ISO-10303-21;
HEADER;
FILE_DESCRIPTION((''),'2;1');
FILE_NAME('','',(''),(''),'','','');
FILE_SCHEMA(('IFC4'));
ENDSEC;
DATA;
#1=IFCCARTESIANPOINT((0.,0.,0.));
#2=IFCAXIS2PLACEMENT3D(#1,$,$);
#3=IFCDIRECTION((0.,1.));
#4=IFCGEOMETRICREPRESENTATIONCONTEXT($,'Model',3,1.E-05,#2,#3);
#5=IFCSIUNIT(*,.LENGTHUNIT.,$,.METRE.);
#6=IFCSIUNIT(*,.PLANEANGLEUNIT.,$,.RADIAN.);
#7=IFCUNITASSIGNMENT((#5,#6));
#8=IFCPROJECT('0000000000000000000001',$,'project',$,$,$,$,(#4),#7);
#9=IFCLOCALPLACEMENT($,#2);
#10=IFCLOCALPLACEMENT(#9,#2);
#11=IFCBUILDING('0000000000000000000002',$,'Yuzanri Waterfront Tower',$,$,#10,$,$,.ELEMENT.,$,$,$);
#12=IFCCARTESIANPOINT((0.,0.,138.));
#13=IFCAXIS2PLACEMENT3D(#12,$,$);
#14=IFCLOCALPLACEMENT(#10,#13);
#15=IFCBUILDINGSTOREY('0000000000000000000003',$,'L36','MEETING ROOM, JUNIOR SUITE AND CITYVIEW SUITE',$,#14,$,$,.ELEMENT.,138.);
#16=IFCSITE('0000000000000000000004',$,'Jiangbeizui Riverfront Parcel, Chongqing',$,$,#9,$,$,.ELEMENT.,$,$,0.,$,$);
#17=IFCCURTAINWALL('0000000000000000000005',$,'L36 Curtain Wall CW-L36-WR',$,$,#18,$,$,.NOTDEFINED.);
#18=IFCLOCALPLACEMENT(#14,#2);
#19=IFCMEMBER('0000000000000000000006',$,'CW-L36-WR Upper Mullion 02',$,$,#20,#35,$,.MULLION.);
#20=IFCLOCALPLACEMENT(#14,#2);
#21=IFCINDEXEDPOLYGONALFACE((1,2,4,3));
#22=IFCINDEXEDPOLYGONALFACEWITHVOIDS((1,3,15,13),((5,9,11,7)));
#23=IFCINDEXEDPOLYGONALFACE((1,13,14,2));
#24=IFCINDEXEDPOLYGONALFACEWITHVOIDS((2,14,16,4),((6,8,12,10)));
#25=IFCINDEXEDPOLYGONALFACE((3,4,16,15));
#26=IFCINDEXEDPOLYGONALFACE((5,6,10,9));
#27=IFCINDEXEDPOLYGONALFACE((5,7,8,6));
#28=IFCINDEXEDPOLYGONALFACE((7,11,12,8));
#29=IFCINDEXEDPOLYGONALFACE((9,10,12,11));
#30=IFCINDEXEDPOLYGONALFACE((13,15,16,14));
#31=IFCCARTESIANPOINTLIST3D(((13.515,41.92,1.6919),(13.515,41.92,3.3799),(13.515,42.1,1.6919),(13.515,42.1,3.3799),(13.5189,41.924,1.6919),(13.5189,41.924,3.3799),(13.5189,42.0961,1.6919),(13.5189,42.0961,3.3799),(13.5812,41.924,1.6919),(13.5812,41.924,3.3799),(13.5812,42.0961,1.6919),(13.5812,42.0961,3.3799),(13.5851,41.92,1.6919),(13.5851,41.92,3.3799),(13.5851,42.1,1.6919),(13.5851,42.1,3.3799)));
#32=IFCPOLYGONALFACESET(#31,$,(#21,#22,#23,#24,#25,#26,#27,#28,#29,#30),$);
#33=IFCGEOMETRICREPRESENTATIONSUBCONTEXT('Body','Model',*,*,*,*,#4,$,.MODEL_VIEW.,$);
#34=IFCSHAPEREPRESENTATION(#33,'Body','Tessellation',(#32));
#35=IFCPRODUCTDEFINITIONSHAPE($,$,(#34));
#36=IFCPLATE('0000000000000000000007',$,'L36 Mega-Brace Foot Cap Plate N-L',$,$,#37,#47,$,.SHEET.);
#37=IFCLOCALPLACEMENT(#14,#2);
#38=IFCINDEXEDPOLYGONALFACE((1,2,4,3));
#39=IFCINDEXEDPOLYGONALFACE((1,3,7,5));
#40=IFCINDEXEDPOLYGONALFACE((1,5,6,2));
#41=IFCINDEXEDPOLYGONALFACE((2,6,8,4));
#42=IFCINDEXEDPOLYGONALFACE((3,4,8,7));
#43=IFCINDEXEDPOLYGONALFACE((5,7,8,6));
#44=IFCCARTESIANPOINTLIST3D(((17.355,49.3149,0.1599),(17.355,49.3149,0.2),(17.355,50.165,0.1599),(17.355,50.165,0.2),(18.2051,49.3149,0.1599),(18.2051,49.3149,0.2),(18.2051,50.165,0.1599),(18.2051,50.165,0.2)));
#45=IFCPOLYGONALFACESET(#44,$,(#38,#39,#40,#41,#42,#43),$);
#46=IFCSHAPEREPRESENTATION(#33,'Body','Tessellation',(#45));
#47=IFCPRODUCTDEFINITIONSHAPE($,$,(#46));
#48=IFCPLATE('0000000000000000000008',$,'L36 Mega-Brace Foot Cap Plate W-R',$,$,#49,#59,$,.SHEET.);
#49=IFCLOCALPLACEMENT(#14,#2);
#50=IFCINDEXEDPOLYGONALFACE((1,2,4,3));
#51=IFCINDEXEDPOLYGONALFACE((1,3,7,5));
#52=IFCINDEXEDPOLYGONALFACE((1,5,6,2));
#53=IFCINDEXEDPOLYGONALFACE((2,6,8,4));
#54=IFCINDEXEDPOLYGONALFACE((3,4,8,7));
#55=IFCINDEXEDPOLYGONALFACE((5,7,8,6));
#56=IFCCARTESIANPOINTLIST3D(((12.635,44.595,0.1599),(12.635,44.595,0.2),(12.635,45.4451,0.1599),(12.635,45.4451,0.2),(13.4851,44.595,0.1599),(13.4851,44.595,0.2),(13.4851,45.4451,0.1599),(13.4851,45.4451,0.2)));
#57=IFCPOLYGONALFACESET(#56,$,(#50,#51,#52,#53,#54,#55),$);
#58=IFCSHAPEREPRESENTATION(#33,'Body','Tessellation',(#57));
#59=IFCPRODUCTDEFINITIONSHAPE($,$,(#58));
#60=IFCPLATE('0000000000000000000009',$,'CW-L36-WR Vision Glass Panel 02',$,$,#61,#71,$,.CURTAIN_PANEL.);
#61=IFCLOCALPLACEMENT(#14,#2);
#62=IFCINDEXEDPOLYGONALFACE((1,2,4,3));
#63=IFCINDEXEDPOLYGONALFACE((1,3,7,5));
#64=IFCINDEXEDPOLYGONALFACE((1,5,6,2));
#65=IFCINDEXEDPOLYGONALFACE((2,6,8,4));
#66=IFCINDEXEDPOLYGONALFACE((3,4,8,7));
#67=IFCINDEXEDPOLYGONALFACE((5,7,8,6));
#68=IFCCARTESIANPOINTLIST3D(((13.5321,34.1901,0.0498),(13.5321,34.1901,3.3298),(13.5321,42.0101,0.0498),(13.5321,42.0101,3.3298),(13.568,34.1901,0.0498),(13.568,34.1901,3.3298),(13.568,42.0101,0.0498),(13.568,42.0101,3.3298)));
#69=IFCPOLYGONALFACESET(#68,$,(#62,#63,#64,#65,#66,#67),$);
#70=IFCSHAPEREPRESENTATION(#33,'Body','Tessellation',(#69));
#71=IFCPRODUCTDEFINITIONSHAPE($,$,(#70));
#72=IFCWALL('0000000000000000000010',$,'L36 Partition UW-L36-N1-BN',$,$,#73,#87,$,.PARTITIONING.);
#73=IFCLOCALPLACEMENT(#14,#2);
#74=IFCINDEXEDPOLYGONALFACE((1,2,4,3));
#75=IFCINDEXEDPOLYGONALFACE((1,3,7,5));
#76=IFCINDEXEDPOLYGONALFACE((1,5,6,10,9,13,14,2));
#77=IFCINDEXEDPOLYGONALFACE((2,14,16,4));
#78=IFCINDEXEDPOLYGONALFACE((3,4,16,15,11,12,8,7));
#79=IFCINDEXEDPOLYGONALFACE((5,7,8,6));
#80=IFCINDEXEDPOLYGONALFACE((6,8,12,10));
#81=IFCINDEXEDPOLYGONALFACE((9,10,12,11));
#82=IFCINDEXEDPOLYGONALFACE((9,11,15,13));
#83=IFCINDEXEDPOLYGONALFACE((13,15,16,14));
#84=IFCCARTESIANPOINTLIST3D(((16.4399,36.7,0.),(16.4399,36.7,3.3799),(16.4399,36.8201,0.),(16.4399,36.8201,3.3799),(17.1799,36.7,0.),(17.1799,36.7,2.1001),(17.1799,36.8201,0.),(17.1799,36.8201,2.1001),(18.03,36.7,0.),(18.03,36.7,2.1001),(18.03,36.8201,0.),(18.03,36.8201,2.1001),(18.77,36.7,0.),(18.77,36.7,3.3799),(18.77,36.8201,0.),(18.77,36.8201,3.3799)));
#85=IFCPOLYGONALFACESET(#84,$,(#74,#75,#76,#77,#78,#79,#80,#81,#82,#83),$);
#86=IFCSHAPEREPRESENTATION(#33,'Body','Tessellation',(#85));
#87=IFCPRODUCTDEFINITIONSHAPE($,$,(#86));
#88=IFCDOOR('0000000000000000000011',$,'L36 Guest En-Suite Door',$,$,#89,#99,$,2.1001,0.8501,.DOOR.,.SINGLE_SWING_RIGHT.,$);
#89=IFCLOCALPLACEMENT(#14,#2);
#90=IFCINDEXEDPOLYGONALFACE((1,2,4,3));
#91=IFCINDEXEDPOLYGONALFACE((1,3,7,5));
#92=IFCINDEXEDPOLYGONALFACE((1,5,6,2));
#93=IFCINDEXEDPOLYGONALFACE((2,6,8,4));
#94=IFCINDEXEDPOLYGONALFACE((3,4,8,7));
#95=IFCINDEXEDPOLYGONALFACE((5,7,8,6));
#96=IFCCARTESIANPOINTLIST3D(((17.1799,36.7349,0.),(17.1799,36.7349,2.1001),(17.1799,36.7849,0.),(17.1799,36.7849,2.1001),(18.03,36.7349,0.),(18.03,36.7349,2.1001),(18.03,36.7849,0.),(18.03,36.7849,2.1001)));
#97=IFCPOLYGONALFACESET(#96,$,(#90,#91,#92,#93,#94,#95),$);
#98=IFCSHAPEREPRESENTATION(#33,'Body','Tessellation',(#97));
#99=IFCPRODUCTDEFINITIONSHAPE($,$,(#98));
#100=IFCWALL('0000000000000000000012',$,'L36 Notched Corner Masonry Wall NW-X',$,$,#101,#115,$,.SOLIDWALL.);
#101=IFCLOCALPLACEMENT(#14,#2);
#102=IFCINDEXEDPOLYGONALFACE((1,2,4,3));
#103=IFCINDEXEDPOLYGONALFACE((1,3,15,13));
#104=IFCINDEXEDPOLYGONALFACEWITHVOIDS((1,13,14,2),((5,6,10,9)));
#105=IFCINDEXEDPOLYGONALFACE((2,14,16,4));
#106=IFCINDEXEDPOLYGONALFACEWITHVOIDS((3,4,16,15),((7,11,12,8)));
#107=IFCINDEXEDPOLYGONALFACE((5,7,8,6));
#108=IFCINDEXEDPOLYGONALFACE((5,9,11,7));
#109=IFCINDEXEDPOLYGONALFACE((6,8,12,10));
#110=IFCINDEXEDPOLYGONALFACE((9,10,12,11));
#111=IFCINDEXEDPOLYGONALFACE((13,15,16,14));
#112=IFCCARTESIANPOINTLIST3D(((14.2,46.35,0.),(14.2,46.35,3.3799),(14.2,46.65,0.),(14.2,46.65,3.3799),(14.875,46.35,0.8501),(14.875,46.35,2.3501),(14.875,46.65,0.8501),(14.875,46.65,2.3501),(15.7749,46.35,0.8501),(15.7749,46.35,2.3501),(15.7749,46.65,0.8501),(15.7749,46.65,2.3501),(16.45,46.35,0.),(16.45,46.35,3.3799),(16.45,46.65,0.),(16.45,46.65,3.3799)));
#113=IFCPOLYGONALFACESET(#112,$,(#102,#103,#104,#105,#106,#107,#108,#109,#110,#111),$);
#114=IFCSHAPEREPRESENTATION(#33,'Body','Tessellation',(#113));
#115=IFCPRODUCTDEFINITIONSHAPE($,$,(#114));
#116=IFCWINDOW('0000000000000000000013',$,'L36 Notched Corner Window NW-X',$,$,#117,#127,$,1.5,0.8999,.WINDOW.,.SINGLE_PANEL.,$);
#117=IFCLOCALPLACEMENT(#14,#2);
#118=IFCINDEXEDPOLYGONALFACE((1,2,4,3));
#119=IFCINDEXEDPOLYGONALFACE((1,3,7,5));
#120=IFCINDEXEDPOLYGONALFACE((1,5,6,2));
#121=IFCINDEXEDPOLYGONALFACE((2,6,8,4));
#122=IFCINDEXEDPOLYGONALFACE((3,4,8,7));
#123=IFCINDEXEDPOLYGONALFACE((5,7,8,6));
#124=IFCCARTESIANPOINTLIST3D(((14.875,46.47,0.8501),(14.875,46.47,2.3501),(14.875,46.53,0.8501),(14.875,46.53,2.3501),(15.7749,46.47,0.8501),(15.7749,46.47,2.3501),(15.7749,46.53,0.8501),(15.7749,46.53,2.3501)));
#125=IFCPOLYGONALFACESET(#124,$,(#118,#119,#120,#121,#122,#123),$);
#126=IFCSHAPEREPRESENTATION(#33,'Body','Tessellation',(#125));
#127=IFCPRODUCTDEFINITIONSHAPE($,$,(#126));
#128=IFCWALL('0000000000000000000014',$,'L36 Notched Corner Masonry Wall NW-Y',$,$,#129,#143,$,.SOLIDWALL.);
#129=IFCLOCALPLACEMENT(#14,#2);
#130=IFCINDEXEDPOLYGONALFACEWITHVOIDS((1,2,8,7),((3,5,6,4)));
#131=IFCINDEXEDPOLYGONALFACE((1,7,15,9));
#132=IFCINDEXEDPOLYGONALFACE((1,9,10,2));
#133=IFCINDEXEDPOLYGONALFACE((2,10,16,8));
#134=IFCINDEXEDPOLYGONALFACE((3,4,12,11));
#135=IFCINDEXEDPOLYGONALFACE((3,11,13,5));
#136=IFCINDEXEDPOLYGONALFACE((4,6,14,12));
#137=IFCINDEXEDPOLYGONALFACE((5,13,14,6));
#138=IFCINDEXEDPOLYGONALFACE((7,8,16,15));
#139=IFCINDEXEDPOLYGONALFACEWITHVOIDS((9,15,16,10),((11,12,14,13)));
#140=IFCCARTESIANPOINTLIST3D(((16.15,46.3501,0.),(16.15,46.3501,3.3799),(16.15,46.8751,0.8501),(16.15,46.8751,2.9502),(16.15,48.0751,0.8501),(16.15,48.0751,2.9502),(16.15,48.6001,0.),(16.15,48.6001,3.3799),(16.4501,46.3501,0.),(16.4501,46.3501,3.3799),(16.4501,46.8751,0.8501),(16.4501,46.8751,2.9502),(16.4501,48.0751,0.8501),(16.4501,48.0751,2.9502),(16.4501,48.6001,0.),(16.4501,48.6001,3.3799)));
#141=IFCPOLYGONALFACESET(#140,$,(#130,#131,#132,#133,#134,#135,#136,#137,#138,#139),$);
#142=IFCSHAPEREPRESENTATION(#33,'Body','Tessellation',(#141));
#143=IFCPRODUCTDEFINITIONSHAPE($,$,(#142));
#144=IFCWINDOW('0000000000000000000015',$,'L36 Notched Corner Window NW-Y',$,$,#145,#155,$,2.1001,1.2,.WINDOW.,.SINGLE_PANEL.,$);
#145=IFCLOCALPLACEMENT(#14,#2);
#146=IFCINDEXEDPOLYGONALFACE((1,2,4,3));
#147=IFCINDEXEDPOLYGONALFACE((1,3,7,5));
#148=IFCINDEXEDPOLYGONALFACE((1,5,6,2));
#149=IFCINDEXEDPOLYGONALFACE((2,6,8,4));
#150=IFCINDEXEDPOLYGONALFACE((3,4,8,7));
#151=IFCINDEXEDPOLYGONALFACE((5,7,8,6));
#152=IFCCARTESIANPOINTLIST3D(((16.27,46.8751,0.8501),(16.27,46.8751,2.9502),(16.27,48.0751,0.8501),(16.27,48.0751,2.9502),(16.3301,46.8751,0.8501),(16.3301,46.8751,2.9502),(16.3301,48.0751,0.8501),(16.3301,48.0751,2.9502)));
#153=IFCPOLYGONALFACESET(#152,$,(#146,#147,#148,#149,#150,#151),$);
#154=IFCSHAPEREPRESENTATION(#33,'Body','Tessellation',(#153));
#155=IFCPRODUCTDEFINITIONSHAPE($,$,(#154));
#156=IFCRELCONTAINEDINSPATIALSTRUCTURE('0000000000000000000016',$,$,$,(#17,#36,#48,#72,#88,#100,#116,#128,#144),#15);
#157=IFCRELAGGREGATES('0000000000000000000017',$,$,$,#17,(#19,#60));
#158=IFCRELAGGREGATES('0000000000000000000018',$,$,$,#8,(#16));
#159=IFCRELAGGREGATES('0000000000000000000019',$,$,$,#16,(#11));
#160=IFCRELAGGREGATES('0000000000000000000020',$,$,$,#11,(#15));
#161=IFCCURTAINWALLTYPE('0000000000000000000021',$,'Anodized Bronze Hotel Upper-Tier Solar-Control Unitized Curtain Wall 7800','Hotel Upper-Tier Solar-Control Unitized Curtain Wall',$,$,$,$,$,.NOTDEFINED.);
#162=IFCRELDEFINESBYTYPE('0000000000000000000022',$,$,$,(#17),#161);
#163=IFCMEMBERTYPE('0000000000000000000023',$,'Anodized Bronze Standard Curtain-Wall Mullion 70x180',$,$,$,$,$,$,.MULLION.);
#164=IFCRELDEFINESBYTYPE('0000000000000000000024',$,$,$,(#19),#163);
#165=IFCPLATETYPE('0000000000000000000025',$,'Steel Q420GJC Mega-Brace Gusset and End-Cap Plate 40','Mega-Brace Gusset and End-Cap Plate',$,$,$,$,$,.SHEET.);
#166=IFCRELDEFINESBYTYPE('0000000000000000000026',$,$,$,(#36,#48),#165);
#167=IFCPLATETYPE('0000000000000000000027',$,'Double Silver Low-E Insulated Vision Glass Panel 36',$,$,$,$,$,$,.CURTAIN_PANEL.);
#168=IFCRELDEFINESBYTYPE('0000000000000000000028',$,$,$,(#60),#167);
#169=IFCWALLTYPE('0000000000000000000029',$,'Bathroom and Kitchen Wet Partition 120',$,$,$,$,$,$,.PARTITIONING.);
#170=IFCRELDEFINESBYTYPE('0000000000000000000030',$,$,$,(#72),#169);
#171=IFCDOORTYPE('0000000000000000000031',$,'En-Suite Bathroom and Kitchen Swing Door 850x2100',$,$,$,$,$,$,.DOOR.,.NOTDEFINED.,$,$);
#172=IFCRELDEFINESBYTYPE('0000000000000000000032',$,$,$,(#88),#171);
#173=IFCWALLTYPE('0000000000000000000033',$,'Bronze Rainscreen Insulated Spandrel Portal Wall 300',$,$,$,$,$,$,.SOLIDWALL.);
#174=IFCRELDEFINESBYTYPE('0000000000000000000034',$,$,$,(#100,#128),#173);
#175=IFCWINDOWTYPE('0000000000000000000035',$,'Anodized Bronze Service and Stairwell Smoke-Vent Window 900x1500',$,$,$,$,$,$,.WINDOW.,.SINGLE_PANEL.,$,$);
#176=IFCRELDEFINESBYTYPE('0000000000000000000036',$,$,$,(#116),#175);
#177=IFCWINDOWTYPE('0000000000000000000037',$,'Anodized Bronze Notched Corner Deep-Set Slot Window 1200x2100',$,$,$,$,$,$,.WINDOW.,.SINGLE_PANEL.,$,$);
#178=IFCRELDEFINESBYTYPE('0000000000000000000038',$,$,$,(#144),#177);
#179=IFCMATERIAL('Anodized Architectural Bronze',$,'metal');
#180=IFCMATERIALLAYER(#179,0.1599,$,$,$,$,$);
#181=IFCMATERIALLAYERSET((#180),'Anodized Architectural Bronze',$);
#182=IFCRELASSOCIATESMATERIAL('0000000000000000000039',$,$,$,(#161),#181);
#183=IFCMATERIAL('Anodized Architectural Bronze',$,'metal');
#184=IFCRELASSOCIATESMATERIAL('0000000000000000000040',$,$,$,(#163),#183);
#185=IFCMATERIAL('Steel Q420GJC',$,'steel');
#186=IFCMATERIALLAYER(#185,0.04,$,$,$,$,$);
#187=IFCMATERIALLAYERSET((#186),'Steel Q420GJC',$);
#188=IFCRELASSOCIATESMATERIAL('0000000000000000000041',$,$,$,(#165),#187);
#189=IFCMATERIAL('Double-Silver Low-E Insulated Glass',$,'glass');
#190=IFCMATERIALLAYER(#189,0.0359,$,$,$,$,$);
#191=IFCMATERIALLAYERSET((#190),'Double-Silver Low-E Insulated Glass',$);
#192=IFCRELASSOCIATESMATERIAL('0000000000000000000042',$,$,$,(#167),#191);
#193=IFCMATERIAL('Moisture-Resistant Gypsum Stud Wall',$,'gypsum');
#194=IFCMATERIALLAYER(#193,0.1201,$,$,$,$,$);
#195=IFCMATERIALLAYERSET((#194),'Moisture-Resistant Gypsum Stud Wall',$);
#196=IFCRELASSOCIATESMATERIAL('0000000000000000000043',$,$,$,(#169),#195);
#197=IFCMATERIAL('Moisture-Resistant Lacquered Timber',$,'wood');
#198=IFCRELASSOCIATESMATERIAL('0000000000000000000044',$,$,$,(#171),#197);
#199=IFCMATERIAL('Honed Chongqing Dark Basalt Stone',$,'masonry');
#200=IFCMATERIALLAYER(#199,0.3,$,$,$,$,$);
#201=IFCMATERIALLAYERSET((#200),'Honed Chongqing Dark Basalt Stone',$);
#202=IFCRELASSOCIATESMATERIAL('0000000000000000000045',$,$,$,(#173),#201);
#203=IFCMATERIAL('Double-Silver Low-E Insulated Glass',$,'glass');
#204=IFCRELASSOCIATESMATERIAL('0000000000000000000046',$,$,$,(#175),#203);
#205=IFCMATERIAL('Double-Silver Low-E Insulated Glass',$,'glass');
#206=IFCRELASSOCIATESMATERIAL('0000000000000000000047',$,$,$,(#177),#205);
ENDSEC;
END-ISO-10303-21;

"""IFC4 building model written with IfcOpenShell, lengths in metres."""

from ifc_helpers import new_model, si_unit, direction, frame, frame_2d, origin, origin_2d, place, context, subcontext, project, spatial, rectangle, hollow_rectangle, extrude, source, transform, mapped, material, layer, layer_set, material_profile, profile_set, type_object, element, fill, aggregate, save


model = new_model("IFC4")

# Units and contexts
model_context = context("Model", 3, precision=1e-05, world=origin(), true_north=direction((0.0, 1.0)))
body_context = subcontext(model_context, "Body", "Model", "MODEL_VIEW")
ifc_project = project(units=[si_unit("LENGTHUNIT", "METRE"), si_unit("PLANEANGLEUNIT", "RADIAN")], contexts=[model_context])

# Site, building, storey
site_placement = place(None, origin())
site = spatial("IfcSite", under=ifc_project, at=site_placement, Name="Jiangbeizui Riverfront Parcel, Chongqing", CompositionType="ELEMENT", RefElevation=0.0)
building_placement = place(site_placement, origin())
building = spatial("IfcBuilding", under=site, at=building_placement, Name="Yuzanri Waterfront Tower", CompositionType="ELEMENT")
storey_placement = place(building_placement, frame((0.0, 0.0, 138.0)))
storey = spatial("IfcBuildingStorey", under=building, at=storey_placement, Name="L36", Description="MEETING ROOM, JUNIOR SUITE AND CITYVIEW SUITE", CompositionType="ELEMENT", Elevation=138.0)

# Curtain wall, member
ifc_material_1 = material(Name="Anodized Architectural Bronze", Category="metal")
ifc_layer_1 = layer(ifc_material_1, 0.1599)
ifc_layer_set_1 = layer_set([ifc_layer_1], Name="Anodized Architectural Bronze")
curtain_wall_type = type_object("IfcCurtainWallType", Name="Anodized Bronze Hotel Upper-Tier Solar-Control Unitized Curtain Wall 7800", Description="Hotel Upper-Tier Solar-Control Unitized Curtain Wall", PredefinedType="NOTDEFINED", material=ifc_layer_set_1)
curtain_wall_placement = place(storey_placement, origin())
curtain_wall = element("IfcCurtainWall", 1, at=curtain_wall_placement, inside=storey, type_object=curtain_wall_type, Name="L36 Curtain Wall CW-L36-WR", PredefinedType="NOTDEFINED")
ifc_material_2 = material(Name="Anodized Architectural Bronze", Category="metal")
ifc_material_profile_1 = material_profile(ifc_material_2, hollow_rectangle(XDim=0.0701, YDim=0.1799, WallThickness=0.0039, at=origin_2d()), Name="CWM 70x180")
ifc_profile_set_1 = profile_set([ifc_material_profile_1], Name="Anodized Architectural Bronze")
member_type_1 = type_object("IfcMemberType", Name="Anodized Bronze Standard Curtain-Wall Mullion 70x180", PredefinedType="MULLION", material=ifc_profile_set_1)
shared_shape_1 = source(origin(), body_context, "Body", "SweptSolid", [
    extrude(hollow_rectangle(XDim=0.0701, YDim=0.1799, WallThickness=0.0039, at=origin_2d()), origin(), (0.0, 0.0, 1.0), 1.688),
])
member_1_placement = place(storey_placement, frame((13.55, 42.01, 1.6919), z_axis=(0.0, 0.0, 1.0), x_axis=(1.0, 0.0, 0.0)))
member_1 = element("IfcMember", 2, at=member_1_placement, type_object=member_type_1, Name="CW-L36-WR Upper Mullion 02", PredefinedType="MULLION", context=body_context, shape_type="MappedRepresentation", body=[
    mapped(shared_shape_1, transform((0.0, 0.0, 0.0), scale=1.0)),
])

# Plates
ifc_material_3 = material(Name="Steel Q420GJC", Category="steel")
ifc_layer_2 = layer(ifc_material_3, 0.04)
ifc_layer_set_2 = layer_set([ifc_layer_2], Name="Steel Q420GJC")
plate_type_1 = type_object("IfcPlateType", Name="Steel Q420GJC Mega-Brace Gusset and End-Cap Plate 40", Description="Mega-Brace Gusset and End-Cap Plate", PredefinedType="SHEET", material=ifc_layer_set_2)
shared_shape_2 = source(origin(), body_context, "Body", "SweptSolid", [
    extrude(rectangle(XDim=0.8501, YDim=0.8501, at=origin_2d()), origin(), (0.0, 0.0, 1.0), 0.04),
])
for number, where, z_axis, x_axis, name in (
    (3, (17.78, 49.74, 0.1599), (0.0, 0.0, 1.0), (1.0, 0.0, 0.0), "L36 Mega-Brace Foot Cap Plate N-L"),
    (4, (13.0601, 45.02, 0.1599), (0.0, 0.0, 1.0), (1.0, 0.0, 0.0), "L36 Mega-Brace Foot Cap Plate W-R"),
):
    element("IfcPlate", number, at=place(storey_placement, frame(where, z_axis=z_axis, x_axis=x_axis)), inside=storey, type_object=plate_type_1, Name=name, PredefinedType="SHEET", context=body_context, shape_type="MappedRepresentation", body=[
        mapped(shared_shape_2, transform((0.0, 0.0, 0.0), scale=1.0)),
    ])

# Plate
ifc_material_4 = material(Name="Double-Silver Low-E Insulated Glass", Category="glass")
ifc_layer_3 = layer(ifc_material_4, 0.0359)
ifc_layer_set_3 = layer_set([ifc_layer_3], Name="Double-Silver Low-E Insulated Glass")
plate_type_2 = type_object("IfcPlateType", Name="Double Silver Low-E Insulated Vision Glass Panel 36", PredefinedType="CURTAIN_PANEL", material=ifc_layer_set_3)
shared_shape_3 = source(origin(), body_context, "Body", "SweptSolid", [
    extrude(rectangle(XDim=7.8201, YDim=0.0359, at=origin_2d()), origin(), (0.0, 0.0, 1.0), 3.28),
])
plate_placement = place(storey_placement, frame((13.55, 38.1001, 0.0498), z_axis=(0.0, 0.0, 1.0), x_axis=(0.0, 1.0, 0.0)))
plate = element("IfcPlate", 5, at=plate_placement, type_object=plate_type_2, Name="CW-L36-WR Vision Glass Panel 02", PredefinedType="CURTAIN_PANEL", context=body_context, shape_type="MappedRepresentation", body=[
    mapped(shared_shape_3, transform((0.0, 0.0, 0.0), scale=1.0)),
])
aggregate(curtain_wall, [member_1, plate])

# Wall, opening, door
ifc_material_5 = material(Name="Moisture-Resistant Gypsum Stud Wall", Category="gypsum")
ifc_layer_4 = layer(ifc_material_5, 0.1201)
ifc_layer_set_4 = layer_set([ifc_layer_4], Name="Moisture-Resistant Gypsum Stud Wall")
wall_type_1 = type_object("IfcWallType", Name="Bathroom and Kitchen Wet Partition 120", PredefinedType="PARTITIONING", material=ifc_layer_set_4)
wall_1_placement = place(storey_placement, frame((16.4399, 36.76, 0.0), z_axis=(0.0, 0.0, 1.0), x_axis=(1.0, 0.0, 0.0)))
wall_1 = element("IfcWall", 6, at=wall_1_placement, inside=storey, type_object=wall_type_1, Name="L36 Partition UW-L36-N1-BN", PredefinedType="PARTITIONING", context=body_context, shape_type="SweptSolid", body=[
    extrude(rectangle(XDim=2.3301, YDim=0.1201, at=frame_2d((1.165, 0.0))), origin(), (0.0, 0.0, 1.0), 3.3799),
])
opening_1_placement = place(wall_1_placement, frame((0.74, 0.0, 0.0)))
opening_1 = element("IfcOpeningElement", 7, at=opening_1_placement, cuts=wall_1, PredefinedType="OPENING", context=body_context, shape_type="SweptSolid", body=[
    extrude(rectangle(XDim=0.8501, YDim=2.1001, at=frame_2d((0.425, 1.05))), frame((0.0, 0.075, 0.0), z_axis=(0.0, -1.0, 0.0), x_axis=(1.0, 0.0, 0.0)), (0.0, 0.0, 1.0), 0.1499),
])
ifc_material_6 = material(Name="Moisture-Resistant Lacquered Timber", Category="wood")
door_type_1 = type_object("IfcDoorType", Name="En-Suite Bathroom and Kitchen Swing Door 850x2100", OperationType="NOTDEFINED", PredefinedType="DOOR", material=ifc_material_6)
shared_shape_4 = source(origin(), body_context, "Body", "SweptSolid", [
    extrude(rectangle(XDim=0.8501, YDim=2.1001, at=frame_2d((0.425, 1.05))), frame((0.0, 0.0249, 0.0), z_axis=(0.0, -1.0, 0.0), x_axis=(1.0, 0.0, 0.0)), (0.0, 0.0, 1.0), 0.05),
])
door_1_placement = place(opening_1_placement, origin())
door_1 = element("IfcDoor", 8, at=door_1_placement, inside=storey, type_object=door_type_1, Name="L36 Guest En-Suite Door", OperationType="SINGLE_SWING_RIGHT", OverallHeight=2.1001, OverallWidth=0.8501, PredefinedType="DOOR", context=body_context, shape_type="MappedRepresentation", body=[
    mapped(shared_shape_4, transform((0.0, 0.0, 0.0), scale=1.0)),
])
fill(opening_1, door_1)

# Walls, openings, windows
ifc_material_7 = material(Name="Honed Chongqing Dark Basalt Stone", Category="masonry")
ifc_layer_5 = layer(ifc_material_7, 0.3)
ifc_layer_set_5 = layer_set([ifc_layer_5], Name="Honed Chongqing Dark Basalt Stone")
wall_type_2 = type_object("IfcWallType", Name="Bronze Rainscreen Insulated Spandrel Portal Wall 300", PredefinedType="SOLIDWALL", material=ifc_layer_set_5)
wall_2_placement = place(storey_placement, frame((16.45, 46.5, 0.0), z_axis=(0.0, 0.0, 1.0), x_axis=(-1.0, 0.0, 0.0)))
wall_2 = element("IfcWall", 9, at=wall_2_placement, inside=storey, type_object=wall_type_2, Name="L36 Notched Corner Masonry Wall NW-X", PredefinedType="SOLIDWALL", context=body_context, shape_type="SweptSolid", body=[
    extrude(rectangle(XDim=2.25, YDim=0.3, at=frame_2d((1.125, 0.0))), origin(), (0.0, 0.0, 1.0), 3.3799),
])
opening_2_placement = place(wall_2_placement, frame((0.675, 0.0, 0.8501)))
opening_2 = element("IfcOpeningElement", 10, at=opening_2_placement, cuts=wall_2, PredefinedType="OPENING", context=body_context, shape_type="SweptSolid", body=[
    extrude(rectangle(XDim=0.8999, YDim=1.5, at=frame_2d((0.45, 0.75))), frame((0.0, 0.165, 0.0), z_axis=(0.0, -1.0, 0.0), x_axis=(1.0, 0.0, 0.0)), (0.0, 0.0, 1.0), 0.3298),
])
ifc_material_8 = material(Name="Double-Silver Low-E Insulated Glass", Category="glass")
window_type_1 = type_object("IfcWindowType", Name="Anodized Bronze Service and Stairwell Smoke-Vent Window 900x1500", PartitioningType="SINGLE_PANEL", PredefinedType="WINDOW", material=ifc_material_8)
shared_shape_5 = source(origin(), body_context, "Body", "SweptSolid", [
    extrude(rectangle(XDim=0.8999, YDim=1.5, at=frame_2d((0.45, 0.75))), frame((0.0, 0.03, 0.0), z_axis=(0.0, -1.0, 0.0), x_axis=(1.0, 0.0, 0.0)), (0.0, 0.0, 1.0), 0.0601),
])
window_1_placement = place(opening_2_placement, origin())
window_1 = element("IfcWindow", 11, at=window_1_placement, inside=storey, type_object=window_type_1, Name="L36 Notched Corner Window NW-X", OverallHeight=1.5, OverallWidth=0.8999, PartitioningType="SINGLE_PANEL", PredefinedType="WINDOW", context=body_context, shape_type="MappedRepresentation", body=[
    mapped(shared_shape_5, transform((0.0, 0.0, 0.0), scale=1.0)),
])
fill(opening_2, window_1)
wall_3_placement = place(storey_placement, frame((16.3, 48.6001, 0.0), z_axis=(0.0, 0.0, 1.0), x_axis=(0.0, -1.0, 0.0)))
wall_3 = element("IfcWall", 12, at=wall_3_placement, inside=storey, type_object=wall_type_2, Name="L36 Notched Corner Masonry Wall NW-Y", PredefinedType="SOLIDWALL", context=body_context, shape_type="SweptSolid", body=[
    extrude(rectangle(XDim=2.25, YDim=0.3, at=frame_2d((1.125, 0.0))), origin(), (0.0, 0.0, 1.0), 3.3799),
])
opening_3_placement = place(wall_3_placement, frame((0.5249, 0.0, 0.8501)))
opening_3 = element("IfcOpeningElement", 13, at=opening_3_placement, cuts=wall_3, PredefinedType="OPENING", context=body_context, shape_type="SweptSolid", body=[
    extrude(rectangle(XDim=1.2, YDim=2.1001, at=frame_2d((0.6001, 1.05))), frame((0.0, 0.165, 0.0), z_axis=(0.0, -1.0, 0.0), x_axis=(1.0, 0.0, 0.0)), (0.0, 0.0, 1.0), 0.3298),
])
ifc_material_9 = material(Name="Double-Silver Low-E Insulated Glass", Category="glass")
window_type_2 = type_object("IfcWindowType", Name="Anodized Bronze Notched Corner Deep-Set Slot Window 1200x2100", PartitioningType="SINGLE_PANEL", PredefinedType="WINDOW", material=ifc_material_9)
shared_shape_6 = source(origin(), body_context, "Body", "SweptSolid", [
    extrude(rectangle(XDim=1.2, YDim=2.1001, at=frame_2d((0.6001, 1.05))), frame((0.0, 0.03, 0.0), z_axis=(0.0, -1.0, 0.0), x_axis=(1.0, 0.0, 0.0)), (0.0, 0.0, 1.0), 0.0601),
])
window_2_placement = place(opening_3_placement, origin())
window_2 = element("IfcWindow", 14, at=window_2_placement, inside=storey, type_object=window_type_2, Name="L36 Notched Corner Window NW-Y", OverallHeight=2.1001, OverallWidth=1.2, PartitioningType="SINGLE_PANEL", PredefinedType="WINDOW", context=body_context, shape_type="MappedRepresentation", body=[
    mapped(shared_shape_6, transform((0.0, 0.0, 0.0), scale=1.0)),
])
fill(opening_3, window_2)

save(model, "model.ifc")
